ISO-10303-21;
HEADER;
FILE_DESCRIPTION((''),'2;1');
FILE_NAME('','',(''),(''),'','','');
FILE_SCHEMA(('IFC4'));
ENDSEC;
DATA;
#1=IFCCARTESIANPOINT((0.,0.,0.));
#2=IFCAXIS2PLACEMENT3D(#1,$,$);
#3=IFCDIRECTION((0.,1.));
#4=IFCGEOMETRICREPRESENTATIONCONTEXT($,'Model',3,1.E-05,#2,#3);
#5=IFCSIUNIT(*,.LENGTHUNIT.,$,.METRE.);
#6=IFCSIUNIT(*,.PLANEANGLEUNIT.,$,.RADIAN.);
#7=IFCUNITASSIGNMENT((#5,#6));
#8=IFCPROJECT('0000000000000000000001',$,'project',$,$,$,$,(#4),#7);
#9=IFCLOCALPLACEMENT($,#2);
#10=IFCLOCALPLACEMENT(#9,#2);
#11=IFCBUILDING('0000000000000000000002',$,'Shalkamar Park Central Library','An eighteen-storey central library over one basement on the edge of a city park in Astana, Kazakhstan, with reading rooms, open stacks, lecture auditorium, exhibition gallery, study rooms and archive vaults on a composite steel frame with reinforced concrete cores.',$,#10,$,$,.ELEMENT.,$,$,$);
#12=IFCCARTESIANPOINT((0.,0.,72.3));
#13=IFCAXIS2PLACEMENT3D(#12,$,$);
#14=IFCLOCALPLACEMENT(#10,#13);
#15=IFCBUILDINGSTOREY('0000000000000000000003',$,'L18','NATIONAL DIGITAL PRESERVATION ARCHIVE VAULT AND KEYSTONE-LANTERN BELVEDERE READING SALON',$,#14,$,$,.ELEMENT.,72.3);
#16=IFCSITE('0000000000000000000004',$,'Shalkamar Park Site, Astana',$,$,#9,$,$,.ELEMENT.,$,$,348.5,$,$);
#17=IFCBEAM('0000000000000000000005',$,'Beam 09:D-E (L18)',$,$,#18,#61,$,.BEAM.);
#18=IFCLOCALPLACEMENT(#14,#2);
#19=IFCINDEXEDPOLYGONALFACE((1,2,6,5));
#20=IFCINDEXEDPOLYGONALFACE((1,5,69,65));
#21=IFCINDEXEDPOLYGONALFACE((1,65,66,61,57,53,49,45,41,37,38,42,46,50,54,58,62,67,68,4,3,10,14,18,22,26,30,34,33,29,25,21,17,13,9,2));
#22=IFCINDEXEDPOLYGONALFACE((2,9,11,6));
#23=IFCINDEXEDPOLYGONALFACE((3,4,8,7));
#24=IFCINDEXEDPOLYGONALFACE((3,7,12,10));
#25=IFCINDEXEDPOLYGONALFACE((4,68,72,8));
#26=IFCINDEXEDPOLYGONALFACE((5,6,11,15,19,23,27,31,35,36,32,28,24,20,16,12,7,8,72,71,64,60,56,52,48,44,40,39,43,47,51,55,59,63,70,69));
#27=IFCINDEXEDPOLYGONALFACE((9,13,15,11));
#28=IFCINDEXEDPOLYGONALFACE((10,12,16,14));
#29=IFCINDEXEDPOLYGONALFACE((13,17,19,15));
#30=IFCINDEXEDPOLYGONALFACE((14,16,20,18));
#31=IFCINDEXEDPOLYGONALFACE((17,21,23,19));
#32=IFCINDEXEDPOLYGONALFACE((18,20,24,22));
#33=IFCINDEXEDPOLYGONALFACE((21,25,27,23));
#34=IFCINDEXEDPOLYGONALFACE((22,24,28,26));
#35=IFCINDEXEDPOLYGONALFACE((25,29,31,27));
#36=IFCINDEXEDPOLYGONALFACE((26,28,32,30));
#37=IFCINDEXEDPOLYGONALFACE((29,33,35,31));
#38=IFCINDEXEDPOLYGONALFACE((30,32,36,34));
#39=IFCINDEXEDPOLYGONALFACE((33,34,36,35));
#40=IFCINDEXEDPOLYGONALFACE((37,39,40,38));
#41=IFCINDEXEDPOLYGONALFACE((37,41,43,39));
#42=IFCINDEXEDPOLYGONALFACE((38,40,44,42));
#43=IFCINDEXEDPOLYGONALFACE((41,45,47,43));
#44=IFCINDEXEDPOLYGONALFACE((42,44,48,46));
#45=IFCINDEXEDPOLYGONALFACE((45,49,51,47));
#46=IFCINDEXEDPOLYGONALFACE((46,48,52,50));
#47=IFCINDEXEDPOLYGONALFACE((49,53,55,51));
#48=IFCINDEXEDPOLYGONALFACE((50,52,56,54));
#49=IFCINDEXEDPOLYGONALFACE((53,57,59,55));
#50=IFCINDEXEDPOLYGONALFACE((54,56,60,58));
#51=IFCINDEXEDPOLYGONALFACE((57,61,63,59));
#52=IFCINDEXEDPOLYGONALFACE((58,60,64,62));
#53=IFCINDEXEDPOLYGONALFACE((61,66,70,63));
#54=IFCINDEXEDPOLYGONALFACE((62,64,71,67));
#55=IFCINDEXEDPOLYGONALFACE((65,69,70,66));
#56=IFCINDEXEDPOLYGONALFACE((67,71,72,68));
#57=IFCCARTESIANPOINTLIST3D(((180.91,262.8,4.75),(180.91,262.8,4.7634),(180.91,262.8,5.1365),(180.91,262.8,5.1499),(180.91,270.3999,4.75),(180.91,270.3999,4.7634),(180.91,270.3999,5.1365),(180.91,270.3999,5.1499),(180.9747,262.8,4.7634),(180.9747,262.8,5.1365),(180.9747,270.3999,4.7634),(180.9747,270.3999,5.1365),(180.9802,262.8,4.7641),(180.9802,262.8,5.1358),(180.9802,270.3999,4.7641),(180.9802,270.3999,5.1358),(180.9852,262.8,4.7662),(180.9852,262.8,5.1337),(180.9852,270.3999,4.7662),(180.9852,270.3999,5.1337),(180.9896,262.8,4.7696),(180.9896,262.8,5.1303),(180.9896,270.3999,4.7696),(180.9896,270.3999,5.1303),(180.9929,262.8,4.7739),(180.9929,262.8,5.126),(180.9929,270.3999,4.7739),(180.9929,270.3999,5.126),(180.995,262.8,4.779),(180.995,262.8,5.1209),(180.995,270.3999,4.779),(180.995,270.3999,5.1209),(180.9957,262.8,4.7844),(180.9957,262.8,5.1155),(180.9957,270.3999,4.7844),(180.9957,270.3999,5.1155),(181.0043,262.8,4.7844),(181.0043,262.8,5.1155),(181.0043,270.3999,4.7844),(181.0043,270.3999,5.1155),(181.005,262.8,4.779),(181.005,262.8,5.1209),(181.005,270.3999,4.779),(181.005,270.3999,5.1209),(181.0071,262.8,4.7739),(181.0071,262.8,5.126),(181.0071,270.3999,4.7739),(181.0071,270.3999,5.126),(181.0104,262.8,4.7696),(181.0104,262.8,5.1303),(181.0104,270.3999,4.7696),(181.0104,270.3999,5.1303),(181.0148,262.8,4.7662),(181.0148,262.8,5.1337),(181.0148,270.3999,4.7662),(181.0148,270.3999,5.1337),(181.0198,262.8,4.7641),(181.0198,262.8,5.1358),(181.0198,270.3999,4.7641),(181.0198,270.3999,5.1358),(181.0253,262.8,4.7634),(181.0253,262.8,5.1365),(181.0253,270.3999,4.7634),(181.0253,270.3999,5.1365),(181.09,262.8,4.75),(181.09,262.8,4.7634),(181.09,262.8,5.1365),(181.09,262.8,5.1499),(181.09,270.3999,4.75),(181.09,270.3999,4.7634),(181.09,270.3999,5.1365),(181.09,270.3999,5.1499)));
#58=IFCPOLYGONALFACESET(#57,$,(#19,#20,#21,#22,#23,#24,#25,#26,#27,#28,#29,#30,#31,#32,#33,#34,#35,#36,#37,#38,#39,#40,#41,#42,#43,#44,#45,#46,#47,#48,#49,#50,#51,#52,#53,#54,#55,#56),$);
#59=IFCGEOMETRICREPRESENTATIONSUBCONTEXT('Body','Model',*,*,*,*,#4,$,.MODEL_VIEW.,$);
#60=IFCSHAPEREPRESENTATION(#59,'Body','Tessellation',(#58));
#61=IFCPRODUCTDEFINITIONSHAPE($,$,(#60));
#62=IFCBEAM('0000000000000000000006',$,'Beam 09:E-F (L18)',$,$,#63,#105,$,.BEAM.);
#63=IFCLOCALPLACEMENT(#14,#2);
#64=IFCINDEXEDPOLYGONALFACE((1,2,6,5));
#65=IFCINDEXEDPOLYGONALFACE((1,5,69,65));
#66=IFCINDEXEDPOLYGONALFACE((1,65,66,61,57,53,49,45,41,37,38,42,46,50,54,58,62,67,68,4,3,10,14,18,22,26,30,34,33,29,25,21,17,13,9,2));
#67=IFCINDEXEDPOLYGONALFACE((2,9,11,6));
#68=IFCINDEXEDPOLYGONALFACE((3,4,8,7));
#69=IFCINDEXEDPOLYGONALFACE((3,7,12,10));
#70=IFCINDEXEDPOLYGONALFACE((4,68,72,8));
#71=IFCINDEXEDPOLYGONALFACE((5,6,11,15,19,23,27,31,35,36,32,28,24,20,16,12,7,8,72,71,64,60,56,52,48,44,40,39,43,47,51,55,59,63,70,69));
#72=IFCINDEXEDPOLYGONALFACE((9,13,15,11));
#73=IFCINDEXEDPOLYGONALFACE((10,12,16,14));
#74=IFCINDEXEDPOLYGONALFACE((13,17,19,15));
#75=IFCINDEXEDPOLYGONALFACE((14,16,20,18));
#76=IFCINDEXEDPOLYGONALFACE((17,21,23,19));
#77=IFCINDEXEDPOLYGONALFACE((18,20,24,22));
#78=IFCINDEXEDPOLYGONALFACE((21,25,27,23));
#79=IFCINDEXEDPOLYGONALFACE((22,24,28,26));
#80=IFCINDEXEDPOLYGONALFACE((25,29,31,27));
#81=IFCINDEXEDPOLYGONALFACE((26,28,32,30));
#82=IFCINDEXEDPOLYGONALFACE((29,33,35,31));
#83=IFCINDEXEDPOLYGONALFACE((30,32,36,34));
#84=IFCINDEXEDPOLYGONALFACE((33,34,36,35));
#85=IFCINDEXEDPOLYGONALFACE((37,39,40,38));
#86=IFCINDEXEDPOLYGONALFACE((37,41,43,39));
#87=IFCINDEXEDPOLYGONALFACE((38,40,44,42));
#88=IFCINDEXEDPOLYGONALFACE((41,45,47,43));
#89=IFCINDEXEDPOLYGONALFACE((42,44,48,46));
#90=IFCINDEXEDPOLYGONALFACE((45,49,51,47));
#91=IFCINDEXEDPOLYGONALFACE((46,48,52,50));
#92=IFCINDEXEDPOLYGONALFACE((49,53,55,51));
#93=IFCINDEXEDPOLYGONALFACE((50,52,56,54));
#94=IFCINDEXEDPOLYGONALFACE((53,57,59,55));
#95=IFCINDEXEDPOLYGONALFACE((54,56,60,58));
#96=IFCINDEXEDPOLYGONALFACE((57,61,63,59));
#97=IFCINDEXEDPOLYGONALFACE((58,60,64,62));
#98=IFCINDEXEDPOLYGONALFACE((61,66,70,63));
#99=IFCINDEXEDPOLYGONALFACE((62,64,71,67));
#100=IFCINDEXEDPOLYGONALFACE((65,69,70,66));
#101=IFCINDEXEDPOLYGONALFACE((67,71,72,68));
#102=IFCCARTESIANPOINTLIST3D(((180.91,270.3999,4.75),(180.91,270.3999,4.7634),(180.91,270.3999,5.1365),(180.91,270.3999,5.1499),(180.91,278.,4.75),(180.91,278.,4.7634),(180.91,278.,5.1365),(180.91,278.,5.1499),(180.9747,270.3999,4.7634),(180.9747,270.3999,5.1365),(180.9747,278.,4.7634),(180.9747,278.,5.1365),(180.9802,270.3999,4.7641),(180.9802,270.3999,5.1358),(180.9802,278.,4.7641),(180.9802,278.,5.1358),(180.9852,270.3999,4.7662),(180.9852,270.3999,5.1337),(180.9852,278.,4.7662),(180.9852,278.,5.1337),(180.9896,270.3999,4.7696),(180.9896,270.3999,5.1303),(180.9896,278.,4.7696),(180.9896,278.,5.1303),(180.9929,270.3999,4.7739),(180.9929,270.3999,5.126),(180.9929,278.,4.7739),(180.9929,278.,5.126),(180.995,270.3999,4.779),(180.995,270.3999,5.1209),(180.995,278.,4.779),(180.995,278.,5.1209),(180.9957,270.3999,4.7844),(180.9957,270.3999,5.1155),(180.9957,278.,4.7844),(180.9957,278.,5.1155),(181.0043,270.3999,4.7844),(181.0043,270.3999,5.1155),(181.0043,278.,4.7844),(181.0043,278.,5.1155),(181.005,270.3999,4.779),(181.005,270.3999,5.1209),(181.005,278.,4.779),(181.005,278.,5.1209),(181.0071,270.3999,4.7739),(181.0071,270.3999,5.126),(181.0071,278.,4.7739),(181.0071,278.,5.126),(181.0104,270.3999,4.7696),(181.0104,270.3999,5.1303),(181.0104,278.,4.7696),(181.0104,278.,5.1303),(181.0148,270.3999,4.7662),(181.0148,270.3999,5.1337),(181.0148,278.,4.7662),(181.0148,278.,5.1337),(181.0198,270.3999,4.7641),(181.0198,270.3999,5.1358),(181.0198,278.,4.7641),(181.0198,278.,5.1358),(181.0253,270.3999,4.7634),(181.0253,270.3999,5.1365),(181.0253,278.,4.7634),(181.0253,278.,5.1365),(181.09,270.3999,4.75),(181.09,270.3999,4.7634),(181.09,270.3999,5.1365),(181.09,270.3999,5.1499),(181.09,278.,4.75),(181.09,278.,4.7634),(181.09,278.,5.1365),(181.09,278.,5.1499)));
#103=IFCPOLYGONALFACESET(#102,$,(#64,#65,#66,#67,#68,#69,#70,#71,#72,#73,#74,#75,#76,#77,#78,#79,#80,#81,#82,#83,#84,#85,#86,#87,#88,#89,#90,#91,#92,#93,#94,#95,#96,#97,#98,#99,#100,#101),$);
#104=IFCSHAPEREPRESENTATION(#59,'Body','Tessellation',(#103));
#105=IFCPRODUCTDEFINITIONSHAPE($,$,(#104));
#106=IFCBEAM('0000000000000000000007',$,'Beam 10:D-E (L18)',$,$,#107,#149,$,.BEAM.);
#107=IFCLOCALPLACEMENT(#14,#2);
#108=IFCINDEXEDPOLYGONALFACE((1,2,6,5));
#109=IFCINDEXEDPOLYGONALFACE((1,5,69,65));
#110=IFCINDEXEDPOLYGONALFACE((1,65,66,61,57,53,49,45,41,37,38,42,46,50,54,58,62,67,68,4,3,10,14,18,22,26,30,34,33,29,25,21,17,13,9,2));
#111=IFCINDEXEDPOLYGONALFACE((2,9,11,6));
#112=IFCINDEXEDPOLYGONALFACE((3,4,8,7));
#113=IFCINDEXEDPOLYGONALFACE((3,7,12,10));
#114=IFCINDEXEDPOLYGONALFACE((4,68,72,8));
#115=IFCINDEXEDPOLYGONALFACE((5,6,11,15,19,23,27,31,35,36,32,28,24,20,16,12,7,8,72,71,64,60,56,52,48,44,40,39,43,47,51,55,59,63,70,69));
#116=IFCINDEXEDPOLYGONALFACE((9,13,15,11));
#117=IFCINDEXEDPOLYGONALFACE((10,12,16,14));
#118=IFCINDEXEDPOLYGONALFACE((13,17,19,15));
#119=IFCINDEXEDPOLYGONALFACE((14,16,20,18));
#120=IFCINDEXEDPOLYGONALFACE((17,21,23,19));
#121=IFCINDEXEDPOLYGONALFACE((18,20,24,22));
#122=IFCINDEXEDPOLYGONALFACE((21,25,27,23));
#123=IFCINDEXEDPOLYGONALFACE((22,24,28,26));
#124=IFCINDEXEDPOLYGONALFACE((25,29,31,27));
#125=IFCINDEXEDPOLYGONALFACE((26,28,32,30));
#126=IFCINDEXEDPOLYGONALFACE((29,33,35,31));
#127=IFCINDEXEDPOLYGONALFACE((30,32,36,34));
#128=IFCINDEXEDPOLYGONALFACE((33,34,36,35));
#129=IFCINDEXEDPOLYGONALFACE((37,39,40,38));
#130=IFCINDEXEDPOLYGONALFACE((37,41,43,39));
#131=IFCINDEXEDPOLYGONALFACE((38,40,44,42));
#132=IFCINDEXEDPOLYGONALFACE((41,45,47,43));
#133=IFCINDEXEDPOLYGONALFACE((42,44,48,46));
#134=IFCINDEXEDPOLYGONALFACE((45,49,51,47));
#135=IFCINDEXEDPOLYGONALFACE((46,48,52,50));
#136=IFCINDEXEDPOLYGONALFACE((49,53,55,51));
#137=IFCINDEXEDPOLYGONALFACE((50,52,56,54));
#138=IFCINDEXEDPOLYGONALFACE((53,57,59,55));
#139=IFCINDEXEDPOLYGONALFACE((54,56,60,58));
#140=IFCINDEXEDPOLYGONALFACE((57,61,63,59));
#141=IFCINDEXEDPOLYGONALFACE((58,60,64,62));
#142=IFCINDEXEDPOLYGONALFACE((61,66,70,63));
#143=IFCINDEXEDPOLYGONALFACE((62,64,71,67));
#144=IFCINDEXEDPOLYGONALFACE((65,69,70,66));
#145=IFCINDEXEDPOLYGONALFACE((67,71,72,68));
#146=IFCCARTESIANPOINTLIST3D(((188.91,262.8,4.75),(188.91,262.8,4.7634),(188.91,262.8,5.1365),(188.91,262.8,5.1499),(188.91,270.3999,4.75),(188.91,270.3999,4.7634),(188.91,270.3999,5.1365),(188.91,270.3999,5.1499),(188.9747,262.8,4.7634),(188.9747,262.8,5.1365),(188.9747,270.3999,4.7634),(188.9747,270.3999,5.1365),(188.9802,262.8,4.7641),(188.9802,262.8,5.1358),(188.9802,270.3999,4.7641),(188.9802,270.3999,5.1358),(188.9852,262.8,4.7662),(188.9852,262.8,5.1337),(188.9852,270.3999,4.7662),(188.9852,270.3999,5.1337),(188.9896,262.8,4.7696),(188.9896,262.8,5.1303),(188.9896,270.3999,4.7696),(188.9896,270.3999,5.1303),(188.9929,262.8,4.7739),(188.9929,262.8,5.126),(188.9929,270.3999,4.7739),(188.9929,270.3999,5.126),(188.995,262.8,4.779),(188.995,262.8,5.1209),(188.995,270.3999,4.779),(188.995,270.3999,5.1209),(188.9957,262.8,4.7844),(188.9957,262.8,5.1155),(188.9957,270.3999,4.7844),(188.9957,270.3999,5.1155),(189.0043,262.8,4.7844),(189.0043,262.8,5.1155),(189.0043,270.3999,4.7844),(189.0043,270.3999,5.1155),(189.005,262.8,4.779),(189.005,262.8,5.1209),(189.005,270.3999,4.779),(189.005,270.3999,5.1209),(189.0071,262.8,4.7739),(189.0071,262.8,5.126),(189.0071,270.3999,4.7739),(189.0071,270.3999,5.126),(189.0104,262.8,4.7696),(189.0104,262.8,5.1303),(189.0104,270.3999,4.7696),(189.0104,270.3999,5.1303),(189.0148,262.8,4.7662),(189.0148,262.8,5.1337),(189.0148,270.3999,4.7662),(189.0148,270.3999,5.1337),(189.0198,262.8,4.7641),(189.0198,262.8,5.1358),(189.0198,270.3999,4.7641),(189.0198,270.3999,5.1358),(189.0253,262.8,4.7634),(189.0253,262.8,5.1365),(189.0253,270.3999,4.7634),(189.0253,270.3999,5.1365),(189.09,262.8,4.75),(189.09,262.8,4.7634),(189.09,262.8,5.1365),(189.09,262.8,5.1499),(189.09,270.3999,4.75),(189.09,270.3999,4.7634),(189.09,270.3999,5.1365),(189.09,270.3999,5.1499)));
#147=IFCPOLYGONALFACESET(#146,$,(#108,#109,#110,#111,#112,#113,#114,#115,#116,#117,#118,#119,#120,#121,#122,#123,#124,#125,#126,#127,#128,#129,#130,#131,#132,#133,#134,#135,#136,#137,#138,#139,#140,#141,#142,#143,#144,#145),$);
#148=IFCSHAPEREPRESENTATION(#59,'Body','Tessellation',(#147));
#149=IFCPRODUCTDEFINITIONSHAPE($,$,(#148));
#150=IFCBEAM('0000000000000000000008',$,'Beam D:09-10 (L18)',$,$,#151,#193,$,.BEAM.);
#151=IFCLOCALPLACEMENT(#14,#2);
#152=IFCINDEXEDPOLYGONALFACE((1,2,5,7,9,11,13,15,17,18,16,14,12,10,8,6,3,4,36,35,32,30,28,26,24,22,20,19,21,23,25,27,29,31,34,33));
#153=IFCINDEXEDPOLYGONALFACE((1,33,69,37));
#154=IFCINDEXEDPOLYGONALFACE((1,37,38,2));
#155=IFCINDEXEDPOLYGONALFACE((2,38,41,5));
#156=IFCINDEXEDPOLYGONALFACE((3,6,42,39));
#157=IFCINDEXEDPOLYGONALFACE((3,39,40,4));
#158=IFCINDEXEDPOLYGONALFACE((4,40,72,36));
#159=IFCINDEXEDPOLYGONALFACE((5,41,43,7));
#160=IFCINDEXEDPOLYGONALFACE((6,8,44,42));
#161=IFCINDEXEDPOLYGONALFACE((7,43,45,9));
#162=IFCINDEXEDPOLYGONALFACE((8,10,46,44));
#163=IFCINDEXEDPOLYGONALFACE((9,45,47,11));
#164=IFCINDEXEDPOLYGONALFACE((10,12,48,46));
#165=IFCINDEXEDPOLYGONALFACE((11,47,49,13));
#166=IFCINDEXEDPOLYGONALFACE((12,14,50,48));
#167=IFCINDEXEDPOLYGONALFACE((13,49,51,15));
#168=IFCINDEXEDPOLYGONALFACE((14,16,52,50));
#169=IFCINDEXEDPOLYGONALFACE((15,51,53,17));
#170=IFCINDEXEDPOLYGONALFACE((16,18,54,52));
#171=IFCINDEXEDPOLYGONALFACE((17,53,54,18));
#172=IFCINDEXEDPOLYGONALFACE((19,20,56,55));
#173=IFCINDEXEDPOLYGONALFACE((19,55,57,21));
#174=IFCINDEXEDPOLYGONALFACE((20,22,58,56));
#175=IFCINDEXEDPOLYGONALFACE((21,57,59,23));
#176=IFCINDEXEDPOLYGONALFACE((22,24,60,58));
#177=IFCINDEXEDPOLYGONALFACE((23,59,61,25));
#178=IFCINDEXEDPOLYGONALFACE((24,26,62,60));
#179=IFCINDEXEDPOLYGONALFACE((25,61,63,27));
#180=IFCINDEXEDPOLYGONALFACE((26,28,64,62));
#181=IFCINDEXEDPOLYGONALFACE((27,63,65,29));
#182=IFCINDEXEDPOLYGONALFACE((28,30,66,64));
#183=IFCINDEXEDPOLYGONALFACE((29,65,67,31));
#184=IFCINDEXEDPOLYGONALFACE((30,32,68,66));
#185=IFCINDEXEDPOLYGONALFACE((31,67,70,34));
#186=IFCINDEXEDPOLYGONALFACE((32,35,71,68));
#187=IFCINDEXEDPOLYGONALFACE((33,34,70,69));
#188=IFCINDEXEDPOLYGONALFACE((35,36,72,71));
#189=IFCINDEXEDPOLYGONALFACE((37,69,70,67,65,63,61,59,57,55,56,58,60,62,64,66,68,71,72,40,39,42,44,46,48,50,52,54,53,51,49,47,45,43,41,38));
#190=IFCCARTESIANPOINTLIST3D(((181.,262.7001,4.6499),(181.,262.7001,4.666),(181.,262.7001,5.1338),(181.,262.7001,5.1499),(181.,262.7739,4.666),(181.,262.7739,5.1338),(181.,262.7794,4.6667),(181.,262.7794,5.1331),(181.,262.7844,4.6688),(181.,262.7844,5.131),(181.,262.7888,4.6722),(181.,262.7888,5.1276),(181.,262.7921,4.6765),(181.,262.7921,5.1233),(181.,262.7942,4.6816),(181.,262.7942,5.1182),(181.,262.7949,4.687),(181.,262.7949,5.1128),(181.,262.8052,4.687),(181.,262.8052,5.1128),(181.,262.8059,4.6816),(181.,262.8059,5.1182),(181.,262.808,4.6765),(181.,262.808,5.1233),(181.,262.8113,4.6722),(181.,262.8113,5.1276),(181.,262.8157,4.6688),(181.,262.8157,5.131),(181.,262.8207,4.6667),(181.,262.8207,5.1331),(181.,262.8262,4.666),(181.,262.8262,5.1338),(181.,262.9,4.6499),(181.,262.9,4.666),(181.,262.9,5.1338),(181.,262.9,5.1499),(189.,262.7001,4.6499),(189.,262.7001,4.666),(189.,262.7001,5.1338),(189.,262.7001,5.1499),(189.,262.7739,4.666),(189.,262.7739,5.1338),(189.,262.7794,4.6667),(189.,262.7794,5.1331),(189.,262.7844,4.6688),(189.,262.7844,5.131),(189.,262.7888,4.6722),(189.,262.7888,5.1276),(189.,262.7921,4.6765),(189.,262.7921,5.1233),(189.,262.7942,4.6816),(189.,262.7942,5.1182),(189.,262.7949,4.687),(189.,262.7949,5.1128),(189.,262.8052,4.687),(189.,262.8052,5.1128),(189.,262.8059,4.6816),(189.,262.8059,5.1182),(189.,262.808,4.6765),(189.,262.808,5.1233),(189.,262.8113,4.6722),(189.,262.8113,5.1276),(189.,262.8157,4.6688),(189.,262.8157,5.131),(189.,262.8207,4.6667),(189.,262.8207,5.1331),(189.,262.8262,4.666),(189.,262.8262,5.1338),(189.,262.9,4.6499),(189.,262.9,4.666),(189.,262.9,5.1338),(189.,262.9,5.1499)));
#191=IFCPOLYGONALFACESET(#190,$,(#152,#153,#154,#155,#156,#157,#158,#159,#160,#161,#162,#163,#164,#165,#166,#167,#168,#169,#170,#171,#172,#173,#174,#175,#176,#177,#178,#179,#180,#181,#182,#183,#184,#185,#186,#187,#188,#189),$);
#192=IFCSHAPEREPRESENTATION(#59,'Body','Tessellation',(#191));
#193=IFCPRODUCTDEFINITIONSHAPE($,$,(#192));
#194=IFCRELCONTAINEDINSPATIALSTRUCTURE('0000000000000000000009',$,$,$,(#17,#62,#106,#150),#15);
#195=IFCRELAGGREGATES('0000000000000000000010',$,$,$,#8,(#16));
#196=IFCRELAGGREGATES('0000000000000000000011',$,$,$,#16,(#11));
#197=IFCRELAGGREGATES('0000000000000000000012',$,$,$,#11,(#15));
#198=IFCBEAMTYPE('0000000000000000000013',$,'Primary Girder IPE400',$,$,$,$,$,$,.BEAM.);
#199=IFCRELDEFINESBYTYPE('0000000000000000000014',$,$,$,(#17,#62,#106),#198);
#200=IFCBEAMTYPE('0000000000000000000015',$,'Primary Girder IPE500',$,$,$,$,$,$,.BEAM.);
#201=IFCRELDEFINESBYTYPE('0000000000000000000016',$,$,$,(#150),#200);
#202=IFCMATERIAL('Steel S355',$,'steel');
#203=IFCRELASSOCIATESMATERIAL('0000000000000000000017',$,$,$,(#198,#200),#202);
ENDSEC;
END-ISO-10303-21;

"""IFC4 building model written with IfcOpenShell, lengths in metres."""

from ifc_helpers import new_model, si_unit, direction, frame, origin, origin_2d, place, context, subcontext, project, spatial, i_section, extrude, material, material_profile, profile_set, type_object, element, save


model = new_model("IFC4")

# Units and contexts
model_context = context("Model", 3, precision=1e-05, world=origin(), true_north=direction((0.0, 1.0)))
body_context = subcontext(model_context, "Body", "Model", "MODEL_VIEW")
ifc_project = project(units=[si_unit("LENGTHUNIT", "METRE"), si_unit("PLANEANGLEUNIT", "RADIAN")], contexts=[model_context])

# Site, building, storey
site_placement = place(None, origin())
site = spatial("IfcSite", under=ifc_project, at=site_placement, Name="Shalkamar Park Site, Astana", CompositionType="ELEMENT", RefElevation=348.5)
building_placement = place(site_placement, origin())
building = spatial("IfcBuilding", under=site, at=building_placement, Name="Shalkamar Park Central Library", Description="An eighteen-storey central library over one basement on the edge of a city park in Astana, Kazakhstan, with reading rooms, open stacks, lecture auditorium, exhibition gallery, study rooms and archive vaults on a composite steel frame with reinforced concrete cores.", CompositionType="ELEMENT")
storey_placement = place(building_placement, frame((0.0, 0.0, 72.3)))
storey = spatial("IfcBuildingStorey", under=building, at=storey_placement, Name="L18", Description="NATIONAL DIGITAL PRESERVATION ARCHIVE VAULT AND KEYSTONE-LANTERN BELVEDERE READING SALON", CompositionType="ELEMENT", Elevation=72.3)

# Shared definitions
ifc_material_1 = material(Name="Steel S355", Category="steel")

# Beams
ifc_material_profile_1 = material_profile(ifc_material_1, i_section(OverallWidth=0.1799, OverallDepth=0.3999, WebThickness=0.0085, FlangeThickness=0.0134, FilletRadius=0.021, at=origin_2d()), Name="IPE 400")
ifc_profile_set_1 = profile_set([ifc_material_profile_1], Name="Steel S355")
beam_type_1 = type_object("IfcBeamType", Name="Primary Girder IPE400", PredefinedType="BEAM", material=ifc_profile_set_1)
beam_1_placement = place(storey_placement, frame((181.0, 262.8, 4.95), z_axis=(0.0, 1.0, 0.0), x_axis=(-1.0, 0.0, 0.0)))
element("IfcBeam", 1, at=beam_1_placement, inside=storey, type_object=beam_type_1, Name="Beam 09:D-E (L18)", PredefinedType="BEAM", context=body_context, shape_type="SweptSolid", body=[
    extrude(i_section(OverallWidth=0.1799, OverallDepth=0.3999, WebThickness=0.0085, FlangeThickness=0.0134, FilletRadius=0.021, at=origin_2d()), origin(), (0.0, 0.0, 1.0), 7.5999),
])
beam_2_placement = place(storey_placement, frame((181.0, 270.3999, 4.95), z_axis=(0.0, 1.0, 0.0), x_axis=(-1.0, 0.0, 0.0)))
element("IfcBeam", 2, at=beam_2_placement, inside=storey, type_object=beam_type_1, Name="Beam 09:E-F (L18)", PredefinedType="BEAM", context=body_context, shape_type="SweptSolid", body=[
    extrude(i_section(OverallWidth=0.1799, OverallDepth=0.3999, WebThickness=0.0085, FlangeThickness=0.0134, FilletRadius=0.021, at=origin_2d()), origin(), (0.0, 0.0, 1.0), 7.6001),
])
beam_3_placement = place(storey_placement, frame((189.0, 262.8, 4.95), z_axis=(0.0, 1.0, 0.0), x_axis=(-1.0, 0.0, 0.0)))
element("IfcBeam", 3, at=beam_3_placement, inside=storey, type_object=beam_type_1, Name="Beam 10:D-E (L18)", PredefinedType="BEAM", context=body_context, shape_type="SweptSolid", body=[
    extrude(i_section(OverallWidth=0.1799, OverallDepth=0.3999, WebThickness=0.0085, FlangeThickness=0.0134, FilletRadius=0.021, at=origin_2d()), origin(), (0.0, 0.0, 1.0), 7.5999),
])
ifc_material_profile_2 = material_profile(ifc_material_1, i_section(OverallWidth=0.2, OverallDepth=0.5, WebThickness=0.0103, FlangeThickness=0.0161, FilletRadius=0.021, at=origin_2d()), Name="IPE 500")
ifc_profile_set_2 = profile_set([ifc_material_profile_2], Name="Steel S355")
beam_type_2 = type_object("IfcBeamType", Name="Primary Girder IPE500", PredefinedType="BEAM", material=ifc_profile_set_2)
for number, where, z_axis, x_axis, name in (
    (4, (181.0, 262.8, 4.8999), (1.0, 0.0, 0.0), (0.0, 1.0, 0.0), "Beam D:09-10 (L18)"),
):
    element("IfcBeam", number, at=place(storey_placement, frame(where, z_axis=z_axis, x_axis=x_axis)), inside=storey, type_object=beam_type_2, Name=name, PredefinedType="BEAM", context=body_context, shape_type="SweptSolid", body=[
        extrude(i_section(OverallWidth=0.2, OverallDepth=0.5, WebThickness=0.0103, FlangeThickness=0.0161, FilletRadius=0.021, at=origin_2d()), origin(), (0.0, 0.0, 1.0), 8.0),
    ])

save(model, "model.ifc")
